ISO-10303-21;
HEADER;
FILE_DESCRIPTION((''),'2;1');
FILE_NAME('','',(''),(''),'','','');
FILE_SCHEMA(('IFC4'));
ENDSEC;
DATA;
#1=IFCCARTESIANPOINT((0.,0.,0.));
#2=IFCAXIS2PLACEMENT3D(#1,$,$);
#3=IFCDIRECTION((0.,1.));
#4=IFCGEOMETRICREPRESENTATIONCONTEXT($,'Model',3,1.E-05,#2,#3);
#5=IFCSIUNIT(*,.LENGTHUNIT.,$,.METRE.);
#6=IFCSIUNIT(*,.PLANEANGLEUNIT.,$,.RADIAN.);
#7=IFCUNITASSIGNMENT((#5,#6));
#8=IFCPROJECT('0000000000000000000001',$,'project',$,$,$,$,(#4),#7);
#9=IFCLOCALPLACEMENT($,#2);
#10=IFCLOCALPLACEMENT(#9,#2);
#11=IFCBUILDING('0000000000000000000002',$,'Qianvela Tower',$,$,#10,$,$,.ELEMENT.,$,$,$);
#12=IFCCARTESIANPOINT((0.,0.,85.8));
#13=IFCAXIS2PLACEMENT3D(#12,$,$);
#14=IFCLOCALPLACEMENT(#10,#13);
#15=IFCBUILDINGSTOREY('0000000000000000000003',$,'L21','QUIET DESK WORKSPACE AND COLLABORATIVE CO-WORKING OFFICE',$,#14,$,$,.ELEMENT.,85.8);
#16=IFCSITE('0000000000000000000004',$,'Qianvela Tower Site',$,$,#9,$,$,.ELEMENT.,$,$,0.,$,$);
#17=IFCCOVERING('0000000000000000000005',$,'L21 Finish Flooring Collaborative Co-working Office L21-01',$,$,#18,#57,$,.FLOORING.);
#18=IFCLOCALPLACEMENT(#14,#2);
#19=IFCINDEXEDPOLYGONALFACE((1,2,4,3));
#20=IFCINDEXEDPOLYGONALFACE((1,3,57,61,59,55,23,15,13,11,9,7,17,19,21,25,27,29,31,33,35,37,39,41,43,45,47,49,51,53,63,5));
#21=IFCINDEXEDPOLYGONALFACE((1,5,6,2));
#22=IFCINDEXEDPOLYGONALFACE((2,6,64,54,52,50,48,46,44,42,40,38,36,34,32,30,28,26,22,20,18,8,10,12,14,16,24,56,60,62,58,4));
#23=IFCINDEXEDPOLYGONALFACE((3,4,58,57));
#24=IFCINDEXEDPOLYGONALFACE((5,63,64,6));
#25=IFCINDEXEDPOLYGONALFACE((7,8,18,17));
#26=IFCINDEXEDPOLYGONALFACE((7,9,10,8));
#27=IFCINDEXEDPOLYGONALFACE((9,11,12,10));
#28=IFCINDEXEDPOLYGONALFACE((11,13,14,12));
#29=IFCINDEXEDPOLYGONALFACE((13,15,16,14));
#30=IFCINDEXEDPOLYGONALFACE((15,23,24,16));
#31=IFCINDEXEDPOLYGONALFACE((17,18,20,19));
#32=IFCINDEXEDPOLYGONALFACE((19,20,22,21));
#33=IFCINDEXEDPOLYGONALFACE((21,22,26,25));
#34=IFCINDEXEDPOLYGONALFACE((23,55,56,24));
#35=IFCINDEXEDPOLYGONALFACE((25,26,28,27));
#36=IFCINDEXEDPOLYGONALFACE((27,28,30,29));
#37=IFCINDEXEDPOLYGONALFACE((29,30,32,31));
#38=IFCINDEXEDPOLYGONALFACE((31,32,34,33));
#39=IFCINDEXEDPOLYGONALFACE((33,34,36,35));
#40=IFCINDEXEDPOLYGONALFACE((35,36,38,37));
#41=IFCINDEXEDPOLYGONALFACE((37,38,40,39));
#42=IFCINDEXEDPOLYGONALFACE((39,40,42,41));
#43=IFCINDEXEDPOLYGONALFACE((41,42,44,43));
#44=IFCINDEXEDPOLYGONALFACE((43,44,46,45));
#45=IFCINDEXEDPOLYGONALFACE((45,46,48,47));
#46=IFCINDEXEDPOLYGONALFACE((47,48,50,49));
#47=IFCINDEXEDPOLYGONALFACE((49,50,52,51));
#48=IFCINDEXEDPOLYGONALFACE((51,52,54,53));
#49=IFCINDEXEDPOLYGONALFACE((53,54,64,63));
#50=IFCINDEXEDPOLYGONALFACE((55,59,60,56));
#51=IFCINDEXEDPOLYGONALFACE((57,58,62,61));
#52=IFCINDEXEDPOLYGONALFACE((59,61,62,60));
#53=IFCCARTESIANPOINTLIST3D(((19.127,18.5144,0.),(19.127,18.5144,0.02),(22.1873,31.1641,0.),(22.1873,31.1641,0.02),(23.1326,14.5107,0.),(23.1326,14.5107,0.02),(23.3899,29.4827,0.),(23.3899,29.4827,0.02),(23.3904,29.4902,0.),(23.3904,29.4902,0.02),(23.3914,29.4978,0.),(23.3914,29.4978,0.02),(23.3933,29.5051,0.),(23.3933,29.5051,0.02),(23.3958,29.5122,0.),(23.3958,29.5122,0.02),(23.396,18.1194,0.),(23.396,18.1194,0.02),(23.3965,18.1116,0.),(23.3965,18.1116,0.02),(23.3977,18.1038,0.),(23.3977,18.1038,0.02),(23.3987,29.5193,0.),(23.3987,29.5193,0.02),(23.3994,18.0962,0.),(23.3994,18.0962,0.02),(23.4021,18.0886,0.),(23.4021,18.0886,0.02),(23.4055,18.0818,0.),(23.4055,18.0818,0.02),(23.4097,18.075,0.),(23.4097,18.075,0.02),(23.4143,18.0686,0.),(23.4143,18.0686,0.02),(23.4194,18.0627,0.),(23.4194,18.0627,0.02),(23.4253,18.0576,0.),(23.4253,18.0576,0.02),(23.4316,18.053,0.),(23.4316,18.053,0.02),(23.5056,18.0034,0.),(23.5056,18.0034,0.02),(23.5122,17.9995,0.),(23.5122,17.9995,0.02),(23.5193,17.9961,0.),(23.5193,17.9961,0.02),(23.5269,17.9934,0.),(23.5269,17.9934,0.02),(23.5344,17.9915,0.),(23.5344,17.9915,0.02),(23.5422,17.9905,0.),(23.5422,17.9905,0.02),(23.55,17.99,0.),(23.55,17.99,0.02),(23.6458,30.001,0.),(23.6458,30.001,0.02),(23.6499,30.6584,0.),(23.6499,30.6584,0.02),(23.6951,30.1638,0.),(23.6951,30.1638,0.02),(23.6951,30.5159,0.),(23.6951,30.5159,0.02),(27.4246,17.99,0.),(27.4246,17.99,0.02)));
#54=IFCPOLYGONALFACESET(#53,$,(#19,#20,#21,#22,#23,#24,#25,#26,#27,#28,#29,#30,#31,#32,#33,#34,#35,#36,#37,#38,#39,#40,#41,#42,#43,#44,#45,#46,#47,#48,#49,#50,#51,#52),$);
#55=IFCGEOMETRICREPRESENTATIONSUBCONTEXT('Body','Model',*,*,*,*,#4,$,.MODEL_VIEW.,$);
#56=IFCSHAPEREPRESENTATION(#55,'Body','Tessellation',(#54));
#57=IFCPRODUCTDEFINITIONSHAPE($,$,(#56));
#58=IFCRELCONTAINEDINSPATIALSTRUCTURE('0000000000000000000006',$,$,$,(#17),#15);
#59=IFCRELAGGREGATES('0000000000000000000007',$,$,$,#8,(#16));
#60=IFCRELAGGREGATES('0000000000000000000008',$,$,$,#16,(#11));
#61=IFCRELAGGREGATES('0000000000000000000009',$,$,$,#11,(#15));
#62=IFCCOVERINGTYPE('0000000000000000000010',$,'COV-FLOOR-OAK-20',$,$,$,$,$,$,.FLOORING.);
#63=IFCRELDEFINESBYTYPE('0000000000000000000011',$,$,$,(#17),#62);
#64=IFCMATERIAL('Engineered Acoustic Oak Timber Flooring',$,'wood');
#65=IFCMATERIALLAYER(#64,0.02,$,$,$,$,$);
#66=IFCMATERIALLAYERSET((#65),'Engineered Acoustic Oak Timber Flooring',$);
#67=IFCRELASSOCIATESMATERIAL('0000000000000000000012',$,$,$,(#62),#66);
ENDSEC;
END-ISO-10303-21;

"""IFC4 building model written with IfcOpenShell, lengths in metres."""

from ifc_helpers import new_model, si_unit, direction, frame, origin, place, context, subcontext, project, spatial, polyline, outline, extrude, material, layer, layer_set, type_object, element, save


model = new_model("IFC4")

# Units and contexts
model_context = context("Model", 3, precision=1e-05, world=origin(), true_north=direction((0.0, 1.0)))
body_context = subcontext(model_context, "Body", "Model", "MODEL_VIEW")
ifc_project = project(units=[si_unit("LENGTHUNIT", "METRE"), si_unit("PLANEANGLEUNIT", "RADIAN")], contexts=[model_context])

# Site, building, storey
site_placement = place(None, origin())
site = spatial("IfcSite", under=ifc_project, at=site_placement, Name="Qianvela Tower Site", CompositionType="ELEMENT", RefElevation=0.0)
building_placement = place(site_placement, origin())
building = spatial("IfcBuilding", under=site, at=building_placement, Name="Qianvela Tower", CompositionType="ELEMENT")
storey_placement = place(building_placement, frame((0.0, 0.0, 85.8)))
storey = spatial("IfcBuildingStorey", under=building, at=storey_placement, Name="L21", Description="QUIET DESK WORKSPACE AND COLLABORATIVE CO-WORKING OFFICE", CompositionType="ELEMENT", Elevation=85.8)

# Covering
ifc_material_1 = material(Name="Engineered Acoustic Oak Timber Flooring", Category="wood")
ifc_layer_1 = layer(ifc_material_1, 0.02)
ifc_layer_set_1 = layer_set([ifc_layer_1], Name="Engineered Acoustic Oak Timber Flooring")
covering_type_1 = type_object("IfcCoveringType", Name="COV-FLOOR-OAK-20", PredefinedType="FLOORING", material=ifc_layer_set_1)
covering_1_placement = place(storey_placement, origin())
element("IfcCovering", 1, at=covering_1_placement, inside=storey, type_object=covering_type_1, Name="L21 Finish Flooring Collaborative Co-working Office L21-01", PredefinedType="FLOORING", context=body_context, shape_type="SweptSolid", body=[
    extrude(outline(polyline([(22.1873, 31.1641), (23.6499, 30.6584), (23.6951, 30.5159), (23.6951, 30.1638), (23.6458, 30.001), (23.3987, 29.5193), (23.3958, 29.5122), (23.3933, 29.5051), (23.3914, 29.4978), (23.3904, 29.4902), (23.3899, 29.4827), (23.396, 18.1194), (23.3965, 18.1116), (23.3977, 18.1038), (23.3994, 18.0962), (23.4021, 18.0886), (23.4055, 18.0818), (23.4097, 18.075), (23.4143, 18.0686), (23.4194, 18.0627), (23.4253, 18.0576), (23.4316, 18.053), (23.5056, 18.0034), (23.5122, 17.9995), (23.5193, 17.9961), (23.5269, 17.9934), (23.5344, 17.9915), (23.5422, 17.9905), (23.55, 17.99), (27.4246, 17.99), (23.1326, 14.5107), (19.127, 18.5144), (22.1873, 31.1641)])), origin(), (0.0, 0.0, 1.0), 0.02),
])

save(model, "model.ifc")
